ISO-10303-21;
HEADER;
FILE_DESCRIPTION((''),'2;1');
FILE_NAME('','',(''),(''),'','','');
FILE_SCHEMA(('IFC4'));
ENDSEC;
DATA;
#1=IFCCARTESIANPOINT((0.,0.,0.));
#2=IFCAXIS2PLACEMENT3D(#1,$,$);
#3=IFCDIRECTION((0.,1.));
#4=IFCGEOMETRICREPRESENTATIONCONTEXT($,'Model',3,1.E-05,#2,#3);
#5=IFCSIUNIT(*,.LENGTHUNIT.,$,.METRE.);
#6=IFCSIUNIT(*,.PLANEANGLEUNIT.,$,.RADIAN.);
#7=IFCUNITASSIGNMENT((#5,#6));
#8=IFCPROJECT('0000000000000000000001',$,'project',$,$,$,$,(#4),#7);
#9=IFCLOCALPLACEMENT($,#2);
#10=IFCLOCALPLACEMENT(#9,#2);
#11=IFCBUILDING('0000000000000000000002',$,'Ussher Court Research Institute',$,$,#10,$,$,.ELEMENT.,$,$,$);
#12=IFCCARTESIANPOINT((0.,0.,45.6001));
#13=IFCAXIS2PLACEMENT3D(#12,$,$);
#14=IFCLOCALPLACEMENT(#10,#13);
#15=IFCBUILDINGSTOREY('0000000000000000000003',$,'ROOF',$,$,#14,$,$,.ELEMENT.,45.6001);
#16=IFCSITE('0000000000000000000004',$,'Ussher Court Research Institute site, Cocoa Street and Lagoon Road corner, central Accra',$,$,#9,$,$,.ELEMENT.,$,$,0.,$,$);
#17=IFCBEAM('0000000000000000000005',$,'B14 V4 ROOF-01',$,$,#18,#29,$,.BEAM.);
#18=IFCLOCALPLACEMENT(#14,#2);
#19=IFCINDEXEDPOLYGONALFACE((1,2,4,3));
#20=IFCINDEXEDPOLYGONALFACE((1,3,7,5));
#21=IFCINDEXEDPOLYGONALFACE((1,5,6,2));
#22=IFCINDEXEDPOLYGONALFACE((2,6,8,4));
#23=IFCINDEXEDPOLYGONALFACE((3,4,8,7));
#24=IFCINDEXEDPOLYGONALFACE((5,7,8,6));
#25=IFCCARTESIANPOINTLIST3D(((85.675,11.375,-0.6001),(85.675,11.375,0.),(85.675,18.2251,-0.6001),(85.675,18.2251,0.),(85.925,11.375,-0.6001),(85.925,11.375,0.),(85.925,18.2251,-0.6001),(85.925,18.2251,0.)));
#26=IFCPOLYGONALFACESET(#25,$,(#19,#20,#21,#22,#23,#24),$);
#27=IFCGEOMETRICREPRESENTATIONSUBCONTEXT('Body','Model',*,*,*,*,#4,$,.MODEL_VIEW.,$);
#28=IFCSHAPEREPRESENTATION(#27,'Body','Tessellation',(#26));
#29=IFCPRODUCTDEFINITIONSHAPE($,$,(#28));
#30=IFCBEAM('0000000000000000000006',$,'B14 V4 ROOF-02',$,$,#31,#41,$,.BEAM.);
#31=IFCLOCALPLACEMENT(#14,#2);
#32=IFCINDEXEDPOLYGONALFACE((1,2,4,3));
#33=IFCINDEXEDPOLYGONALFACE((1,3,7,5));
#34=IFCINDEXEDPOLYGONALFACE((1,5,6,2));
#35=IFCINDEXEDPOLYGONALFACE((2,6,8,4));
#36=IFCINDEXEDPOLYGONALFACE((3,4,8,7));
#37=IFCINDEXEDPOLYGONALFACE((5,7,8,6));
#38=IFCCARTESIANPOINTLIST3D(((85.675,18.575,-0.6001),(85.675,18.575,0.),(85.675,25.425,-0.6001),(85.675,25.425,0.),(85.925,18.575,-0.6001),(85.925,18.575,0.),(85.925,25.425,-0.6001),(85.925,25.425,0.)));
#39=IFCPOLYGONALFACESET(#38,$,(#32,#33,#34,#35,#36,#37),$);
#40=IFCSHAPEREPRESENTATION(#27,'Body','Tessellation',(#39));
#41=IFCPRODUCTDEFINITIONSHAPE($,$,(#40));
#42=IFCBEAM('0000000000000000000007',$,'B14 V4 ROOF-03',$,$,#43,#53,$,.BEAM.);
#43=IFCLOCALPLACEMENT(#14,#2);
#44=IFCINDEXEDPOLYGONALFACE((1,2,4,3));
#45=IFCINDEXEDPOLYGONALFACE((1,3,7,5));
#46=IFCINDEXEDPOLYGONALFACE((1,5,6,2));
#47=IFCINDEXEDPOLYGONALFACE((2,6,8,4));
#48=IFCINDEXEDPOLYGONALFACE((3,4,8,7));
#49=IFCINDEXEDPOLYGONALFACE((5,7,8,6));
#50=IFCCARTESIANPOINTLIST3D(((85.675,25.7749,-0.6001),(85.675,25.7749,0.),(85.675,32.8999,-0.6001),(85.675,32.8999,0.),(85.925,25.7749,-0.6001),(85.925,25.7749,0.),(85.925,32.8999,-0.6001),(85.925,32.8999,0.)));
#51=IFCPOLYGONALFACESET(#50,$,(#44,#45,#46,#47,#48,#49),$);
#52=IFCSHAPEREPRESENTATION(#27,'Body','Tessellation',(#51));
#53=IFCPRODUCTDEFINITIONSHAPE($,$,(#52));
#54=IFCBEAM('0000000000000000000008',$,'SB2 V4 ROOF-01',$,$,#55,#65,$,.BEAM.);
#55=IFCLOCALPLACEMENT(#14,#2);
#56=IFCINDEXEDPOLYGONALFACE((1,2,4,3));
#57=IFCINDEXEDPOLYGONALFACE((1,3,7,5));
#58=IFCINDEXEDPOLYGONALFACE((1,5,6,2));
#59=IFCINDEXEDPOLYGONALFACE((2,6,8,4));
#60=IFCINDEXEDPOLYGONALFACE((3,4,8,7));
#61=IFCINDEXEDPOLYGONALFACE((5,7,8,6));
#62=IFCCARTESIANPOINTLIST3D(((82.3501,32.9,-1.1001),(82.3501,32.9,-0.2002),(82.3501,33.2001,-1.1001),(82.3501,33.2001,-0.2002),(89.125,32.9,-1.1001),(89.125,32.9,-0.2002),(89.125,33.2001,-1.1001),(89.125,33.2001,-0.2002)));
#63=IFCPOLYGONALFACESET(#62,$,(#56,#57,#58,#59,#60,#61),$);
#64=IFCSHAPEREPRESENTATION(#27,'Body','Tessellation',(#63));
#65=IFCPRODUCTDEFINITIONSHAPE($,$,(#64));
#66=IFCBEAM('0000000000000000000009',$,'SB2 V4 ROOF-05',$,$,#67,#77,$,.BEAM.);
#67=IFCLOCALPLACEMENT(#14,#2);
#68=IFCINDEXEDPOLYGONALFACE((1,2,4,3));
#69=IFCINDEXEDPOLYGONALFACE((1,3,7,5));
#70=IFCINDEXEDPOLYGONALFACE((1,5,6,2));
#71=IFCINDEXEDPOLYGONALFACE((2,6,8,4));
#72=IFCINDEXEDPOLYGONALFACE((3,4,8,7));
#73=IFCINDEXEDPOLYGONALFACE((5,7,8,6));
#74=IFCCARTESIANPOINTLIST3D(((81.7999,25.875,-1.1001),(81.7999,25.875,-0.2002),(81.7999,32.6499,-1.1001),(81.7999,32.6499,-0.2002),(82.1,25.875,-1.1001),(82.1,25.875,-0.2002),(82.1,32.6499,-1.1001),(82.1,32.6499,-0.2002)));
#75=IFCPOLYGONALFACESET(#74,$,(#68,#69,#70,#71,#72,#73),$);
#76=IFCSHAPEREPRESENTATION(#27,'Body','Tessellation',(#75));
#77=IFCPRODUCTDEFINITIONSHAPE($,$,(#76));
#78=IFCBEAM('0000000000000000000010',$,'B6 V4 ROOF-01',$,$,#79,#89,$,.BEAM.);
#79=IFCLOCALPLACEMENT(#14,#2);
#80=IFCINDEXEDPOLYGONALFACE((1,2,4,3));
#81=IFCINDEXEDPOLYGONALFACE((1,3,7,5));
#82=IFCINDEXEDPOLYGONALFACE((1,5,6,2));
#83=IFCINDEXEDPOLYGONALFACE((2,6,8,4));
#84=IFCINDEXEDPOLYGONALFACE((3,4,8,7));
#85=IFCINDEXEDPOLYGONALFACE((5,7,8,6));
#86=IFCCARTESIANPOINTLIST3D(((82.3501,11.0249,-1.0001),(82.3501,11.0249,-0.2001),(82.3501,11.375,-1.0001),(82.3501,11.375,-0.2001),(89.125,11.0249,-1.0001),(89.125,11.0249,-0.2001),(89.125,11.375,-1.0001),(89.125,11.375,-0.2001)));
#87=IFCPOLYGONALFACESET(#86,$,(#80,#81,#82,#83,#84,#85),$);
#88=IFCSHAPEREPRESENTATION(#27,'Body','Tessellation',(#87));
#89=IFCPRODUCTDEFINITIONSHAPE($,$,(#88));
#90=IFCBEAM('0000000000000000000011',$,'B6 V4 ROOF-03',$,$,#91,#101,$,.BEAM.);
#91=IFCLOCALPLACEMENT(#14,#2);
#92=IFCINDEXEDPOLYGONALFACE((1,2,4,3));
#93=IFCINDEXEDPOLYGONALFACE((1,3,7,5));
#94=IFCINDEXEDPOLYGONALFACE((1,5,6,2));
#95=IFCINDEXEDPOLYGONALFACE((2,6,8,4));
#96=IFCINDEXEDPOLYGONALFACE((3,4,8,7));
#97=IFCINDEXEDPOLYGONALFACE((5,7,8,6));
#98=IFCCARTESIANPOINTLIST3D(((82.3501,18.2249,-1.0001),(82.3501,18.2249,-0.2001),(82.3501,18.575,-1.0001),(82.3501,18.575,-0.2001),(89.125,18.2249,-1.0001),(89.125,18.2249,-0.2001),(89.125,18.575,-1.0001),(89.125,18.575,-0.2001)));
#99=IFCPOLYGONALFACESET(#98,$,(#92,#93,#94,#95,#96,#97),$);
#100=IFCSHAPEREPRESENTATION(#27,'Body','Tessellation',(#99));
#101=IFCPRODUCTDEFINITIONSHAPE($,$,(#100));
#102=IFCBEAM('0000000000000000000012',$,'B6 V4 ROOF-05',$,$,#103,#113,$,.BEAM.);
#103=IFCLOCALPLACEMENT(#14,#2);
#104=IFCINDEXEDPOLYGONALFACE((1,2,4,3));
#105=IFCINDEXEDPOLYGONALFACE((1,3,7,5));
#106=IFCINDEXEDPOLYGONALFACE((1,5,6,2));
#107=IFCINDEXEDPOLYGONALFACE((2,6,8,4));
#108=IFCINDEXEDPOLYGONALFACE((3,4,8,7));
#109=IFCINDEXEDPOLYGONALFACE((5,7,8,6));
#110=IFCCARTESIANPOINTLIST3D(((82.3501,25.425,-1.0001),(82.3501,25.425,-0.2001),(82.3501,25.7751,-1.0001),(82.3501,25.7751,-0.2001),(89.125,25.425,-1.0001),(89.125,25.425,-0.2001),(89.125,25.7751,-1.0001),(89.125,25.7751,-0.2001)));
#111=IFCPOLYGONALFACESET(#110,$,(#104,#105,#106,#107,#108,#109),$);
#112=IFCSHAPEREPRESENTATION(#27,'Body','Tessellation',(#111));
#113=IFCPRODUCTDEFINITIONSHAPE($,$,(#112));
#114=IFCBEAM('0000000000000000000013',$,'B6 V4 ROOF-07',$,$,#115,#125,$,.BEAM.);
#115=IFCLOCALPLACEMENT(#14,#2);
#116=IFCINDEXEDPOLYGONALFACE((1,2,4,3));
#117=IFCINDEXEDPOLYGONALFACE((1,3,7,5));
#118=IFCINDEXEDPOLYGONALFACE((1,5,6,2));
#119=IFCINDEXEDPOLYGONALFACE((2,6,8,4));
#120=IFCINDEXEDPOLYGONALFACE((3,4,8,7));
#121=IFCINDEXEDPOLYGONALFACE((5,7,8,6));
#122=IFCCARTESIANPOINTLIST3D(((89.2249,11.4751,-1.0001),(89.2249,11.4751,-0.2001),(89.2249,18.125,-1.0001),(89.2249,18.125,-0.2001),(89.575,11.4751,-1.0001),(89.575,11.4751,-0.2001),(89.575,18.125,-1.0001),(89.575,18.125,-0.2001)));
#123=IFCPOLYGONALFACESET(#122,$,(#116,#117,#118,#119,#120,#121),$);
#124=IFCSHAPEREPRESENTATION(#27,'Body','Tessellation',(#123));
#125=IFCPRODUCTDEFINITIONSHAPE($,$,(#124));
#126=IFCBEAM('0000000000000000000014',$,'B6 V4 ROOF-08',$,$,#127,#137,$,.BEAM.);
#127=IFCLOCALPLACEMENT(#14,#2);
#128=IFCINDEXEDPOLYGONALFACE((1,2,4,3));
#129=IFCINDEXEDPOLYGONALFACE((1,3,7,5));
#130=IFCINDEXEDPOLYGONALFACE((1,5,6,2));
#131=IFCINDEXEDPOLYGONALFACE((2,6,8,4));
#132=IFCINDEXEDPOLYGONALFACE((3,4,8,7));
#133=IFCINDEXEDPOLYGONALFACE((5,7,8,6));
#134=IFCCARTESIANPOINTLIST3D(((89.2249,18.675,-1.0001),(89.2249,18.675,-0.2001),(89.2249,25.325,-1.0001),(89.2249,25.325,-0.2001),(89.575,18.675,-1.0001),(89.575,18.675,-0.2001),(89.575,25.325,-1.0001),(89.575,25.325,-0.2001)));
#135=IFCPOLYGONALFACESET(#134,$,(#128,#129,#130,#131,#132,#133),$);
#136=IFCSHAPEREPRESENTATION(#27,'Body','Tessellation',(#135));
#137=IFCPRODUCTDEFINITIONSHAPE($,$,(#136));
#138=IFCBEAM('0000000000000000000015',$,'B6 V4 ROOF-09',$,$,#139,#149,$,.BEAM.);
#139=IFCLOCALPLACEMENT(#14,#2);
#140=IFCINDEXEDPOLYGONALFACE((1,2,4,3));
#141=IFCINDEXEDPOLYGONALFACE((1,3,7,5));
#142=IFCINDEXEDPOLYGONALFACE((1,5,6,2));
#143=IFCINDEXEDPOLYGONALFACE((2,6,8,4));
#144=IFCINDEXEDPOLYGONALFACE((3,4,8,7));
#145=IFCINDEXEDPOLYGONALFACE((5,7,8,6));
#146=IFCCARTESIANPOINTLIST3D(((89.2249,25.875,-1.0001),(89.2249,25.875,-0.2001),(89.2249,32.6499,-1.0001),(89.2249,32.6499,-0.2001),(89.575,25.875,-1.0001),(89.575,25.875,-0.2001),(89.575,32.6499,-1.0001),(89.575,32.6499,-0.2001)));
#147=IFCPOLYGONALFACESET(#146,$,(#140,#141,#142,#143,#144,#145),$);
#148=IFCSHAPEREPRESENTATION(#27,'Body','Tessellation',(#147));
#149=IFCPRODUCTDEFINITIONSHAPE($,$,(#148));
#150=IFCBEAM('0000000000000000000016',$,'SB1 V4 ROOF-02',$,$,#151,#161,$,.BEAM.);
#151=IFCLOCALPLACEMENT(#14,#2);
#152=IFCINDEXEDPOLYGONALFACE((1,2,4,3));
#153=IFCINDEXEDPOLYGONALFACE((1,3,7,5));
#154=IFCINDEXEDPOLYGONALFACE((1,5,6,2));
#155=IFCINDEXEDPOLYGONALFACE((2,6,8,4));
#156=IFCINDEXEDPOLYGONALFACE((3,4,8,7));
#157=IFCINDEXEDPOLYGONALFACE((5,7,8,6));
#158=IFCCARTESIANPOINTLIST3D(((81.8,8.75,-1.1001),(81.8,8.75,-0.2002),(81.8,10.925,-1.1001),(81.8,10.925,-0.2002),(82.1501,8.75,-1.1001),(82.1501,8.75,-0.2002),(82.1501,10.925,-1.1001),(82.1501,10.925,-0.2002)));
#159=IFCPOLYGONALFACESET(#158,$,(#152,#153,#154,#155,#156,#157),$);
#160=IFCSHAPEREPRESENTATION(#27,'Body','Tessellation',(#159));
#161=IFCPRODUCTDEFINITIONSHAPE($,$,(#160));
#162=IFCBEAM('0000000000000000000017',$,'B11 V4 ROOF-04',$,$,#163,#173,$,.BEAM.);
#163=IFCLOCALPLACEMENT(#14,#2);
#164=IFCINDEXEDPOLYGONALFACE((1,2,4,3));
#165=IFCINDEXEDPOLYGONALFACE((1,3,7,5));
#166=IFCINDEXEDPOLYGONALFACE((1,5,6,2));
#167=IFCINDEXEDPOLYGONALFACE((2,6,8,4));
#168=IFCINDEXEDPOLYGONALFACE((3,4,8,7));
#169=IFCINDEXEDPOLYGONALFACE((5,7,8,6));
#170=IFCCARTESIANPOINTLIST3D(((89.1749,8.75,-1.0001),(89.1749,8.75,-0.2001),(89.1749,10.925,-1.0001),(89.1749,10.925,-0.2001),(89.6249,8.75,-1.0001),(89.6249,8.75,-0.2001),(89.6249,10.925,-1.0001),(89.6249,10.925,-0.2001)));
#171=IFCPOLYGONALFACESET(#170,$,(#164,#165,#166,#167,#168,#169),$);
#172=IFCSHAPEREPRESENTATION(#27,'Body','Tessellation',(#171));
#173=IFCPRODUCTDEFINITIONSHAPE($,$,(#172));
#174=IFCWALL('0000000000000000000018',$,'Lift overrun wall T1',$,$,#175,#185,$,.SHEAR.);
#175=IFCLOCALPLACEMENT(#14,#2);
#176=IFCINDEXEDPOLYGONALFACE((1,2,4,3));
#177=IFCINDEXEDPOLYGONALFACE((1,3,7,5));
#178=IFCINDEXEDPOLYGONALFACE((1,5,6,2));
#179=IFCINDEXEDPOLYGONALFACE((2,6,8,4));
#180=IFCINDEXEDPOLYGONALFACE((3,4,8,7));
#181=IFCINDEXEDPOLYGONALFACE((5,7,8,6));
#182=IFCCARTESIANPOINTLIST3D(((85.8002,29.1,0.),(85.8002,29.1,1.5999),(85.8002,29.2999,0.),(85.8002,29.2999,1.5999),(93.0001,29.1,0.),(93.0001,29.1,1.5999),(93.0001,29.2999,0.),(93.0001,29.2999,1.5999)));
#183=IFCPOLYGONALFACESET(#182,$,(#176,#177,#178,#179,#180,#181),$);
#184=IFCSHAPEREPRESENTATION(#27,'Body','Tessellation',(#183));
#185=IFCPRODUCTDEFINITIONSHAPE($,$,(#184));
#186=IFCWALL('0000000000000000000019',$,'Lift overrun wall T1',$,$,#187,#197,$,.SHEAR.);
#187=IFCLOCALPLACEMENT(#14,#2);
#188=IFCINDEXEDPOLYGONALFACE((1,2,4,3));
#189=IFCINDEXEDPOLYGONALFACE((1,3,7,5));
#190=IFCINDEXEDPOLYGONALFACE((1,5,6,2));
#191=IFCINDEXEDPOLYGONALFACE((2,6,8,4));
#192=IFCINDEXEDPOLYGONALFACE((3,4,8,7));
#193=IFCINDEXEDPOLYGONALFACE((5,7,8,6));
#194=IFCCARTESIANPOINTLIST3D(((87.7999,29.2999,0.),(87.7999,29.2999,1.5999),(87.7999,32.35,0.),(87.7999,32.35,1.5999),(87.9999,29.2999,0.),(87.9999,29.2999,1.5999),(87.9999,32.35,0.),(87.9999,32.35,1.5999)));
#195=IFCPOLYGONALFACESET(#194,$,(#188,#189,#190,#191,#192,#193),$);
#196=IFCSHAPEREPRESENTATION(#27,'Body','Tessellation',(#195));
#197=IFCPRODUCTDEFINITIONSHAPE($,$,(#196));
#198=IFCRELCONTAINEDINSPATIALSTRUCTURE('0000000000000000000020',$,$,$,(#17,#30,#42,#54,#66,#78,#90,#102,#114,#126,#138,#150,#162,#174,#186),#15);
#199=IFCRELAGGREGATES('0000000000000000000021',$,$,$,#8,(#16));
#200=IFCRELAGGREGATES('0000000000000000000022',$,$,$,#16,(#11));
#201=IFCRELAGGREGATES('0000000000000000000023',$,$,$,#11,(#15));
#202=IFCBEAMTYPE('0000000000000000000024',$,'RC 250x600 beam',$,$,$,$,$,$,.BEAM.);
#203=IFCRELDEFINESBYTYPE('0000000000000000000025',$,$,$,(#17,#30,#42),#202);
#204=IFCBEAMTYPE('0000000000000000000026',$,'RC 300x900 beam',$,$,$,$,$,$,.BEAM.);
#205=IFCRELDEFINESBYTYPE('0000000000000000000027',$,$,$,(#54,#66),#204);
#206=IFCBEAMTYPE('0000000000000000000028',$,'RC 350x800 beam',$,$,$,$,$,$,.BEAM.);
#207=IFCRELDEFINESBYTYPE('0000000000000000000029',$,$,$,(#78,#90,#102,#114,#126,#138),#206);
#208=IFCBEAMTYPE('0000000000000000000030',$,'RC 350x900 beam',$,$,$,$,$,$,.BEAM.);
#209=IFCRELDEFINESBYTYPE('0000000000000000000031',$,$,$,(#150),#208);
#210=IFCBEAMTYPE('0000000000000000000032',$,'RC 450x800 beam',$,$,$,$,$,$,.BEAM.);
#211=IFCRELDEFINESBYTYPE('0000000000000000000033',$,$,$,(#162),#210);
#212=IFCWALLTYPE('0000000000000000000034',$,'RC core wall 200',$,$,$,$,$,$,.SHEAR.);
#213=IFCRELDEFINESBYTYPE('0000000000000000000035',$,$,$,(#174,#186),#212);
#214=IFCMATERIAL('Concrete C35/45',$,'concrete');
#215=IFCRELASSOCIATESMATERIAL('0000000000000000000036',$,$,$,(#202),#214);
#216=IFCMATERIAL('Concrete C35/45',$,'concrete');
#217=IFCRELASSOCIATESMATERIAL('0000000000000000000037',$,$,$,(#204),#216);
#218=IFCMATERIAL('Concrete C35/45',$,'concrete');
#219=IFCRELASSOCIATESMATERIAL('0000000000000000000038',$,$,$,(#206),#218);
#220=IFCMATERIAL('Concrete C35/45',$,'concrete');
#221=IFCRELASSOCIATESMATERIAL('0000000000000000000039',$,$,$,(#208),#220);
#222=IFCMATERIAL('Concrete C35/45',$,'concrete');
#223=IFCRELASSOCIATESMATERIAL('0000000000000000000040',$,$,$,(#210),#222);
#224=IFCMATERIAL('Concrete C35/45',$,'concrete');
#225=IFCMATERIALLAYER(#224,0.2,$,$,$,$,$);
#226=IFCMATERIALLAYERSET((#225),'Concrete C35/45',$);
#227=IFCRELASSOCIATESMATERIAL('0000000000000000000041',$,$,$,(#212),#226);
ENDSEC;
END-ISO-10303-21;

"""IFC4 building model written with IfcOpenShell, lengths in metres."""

from ifc_helpers import new_model, si_unit, direction, frame, frame_2d, origin, origin_2d, place, context, subcontext, project, spatial, rectangle, extrude, material, layer, layer_set, material_profile, profile_set, type_object, element, save


model = new_model("IFC4")

# Units and contexts
model_context = context("Model", 3, precision=1e-05, world=origin(), true_north=direction((0.0, 1.0)))
body_context = subcontext(model_context, "Body", "Model", "MODEL_VIEW")
ifc_project = project(units=[si_unit("LENGTHUNIT", "METRE"), si_unit("PLANEANGLEUNIT", "RADIAN")], contexts=[model_context])

# Site, building, storey
site_placement = place(None, origin())
site = spatial("IfcSite", under=ifc_project, at=site_placement, Name="Ussher Court Research Institute site, Cocoa Street and Lagoon Road corner, central Accra", CompositionType="ELEMENT", RefElevation=0.0)
building_placement = place(site_placement, origin())
building = spatial("IfcBuilding", under=site, at=building_placement, Name="Ussher Court Research Institute", CompositionType="ELEMENT")
storey_placement = place(building_placement, frame((0.0, 0.0, 45.6001)))
storey = spatial("IfcBuildingStorey", under=building, at=storey_placement, Name="ROOF", CompositionType="ELEMENT", Elevation=45.6001)

# Beams
ifc_material_1 = material(Name="Concrete C35/45", Category="concrete")
ifc_material_profile_1 = material_profile(ifc_material_1, rectangle(XDim=0.25, YDim=0.6001, at=origin_2d()), Name="RC 250x600")
ifc_profile_set_1 = profile_set([ifc_material_profile_1], Name="Concrete C35/45")
beam_type_1 = type_object("IfcBeamType", Name="RC 250x600 beam", PredefinedType="BEAM", material=ifc_profile_set_1)
for number, where, z_axis, x_axis, name in (
    (1, (85.8, 11.375, -0.3), (0.0, 1.0, 0.0), (-1.0, 0.0, 0.0), "B14 V4 ROOF-01"),
    (2, (85.8, 18.575, -0.3), (0.0, 1.0, 0.0), (-1.0, 0.0, 0.0), "B14 V4 ROOF-02"),
):
    element("IfcBeam", number, at=place(storey_placement, frame(where, z_axis=z_axis, x_axis=x_axis)), inside=storey, type_object=beam_type_1, Name=name, PredefinedType="BEAM", context=body_context, shape_type="SweptSolid", body=[
        extrude(rectangle(XDim=0.25, YDim=0.6001, at=origin_2d()), origin(), (0.0, 0.0, 1.0), 6.8501),
    ])
beam_1_placement = place(storey_placement, frame((85.8, 25.7749, -0.3), z_axis=(0.0, 1.0, 0.0), x_axis=(-1.0, 0.0, 0.0)))
element("IfcBeam", 3, at=beam_1_placement, inside=storey, type_object=beam_type_1, Name="B14 V4 ROOF-03", PredefinedType="BEAM", context=body_context, shape_type="SweptSolid", body=[
    extrude(rectangle(XDim=0.25, YDim=0.6001, at=origin_2d()), origin(), (0.0, 0.0, 1.0), 7.125),
])
ifc_material_2 = material(Name="Concrete C35/45", Category="concrete")
ifc_material_profile_2 = material_profile(ifc_material_2, rectangle(XDim=0.3, YDim=0.8999, at=origin_2d()), Name="RC 300x900")
ifc_profile_set_2 = profile_set([ifc_material_profile_2], Name="Concrete C35/45")
beam_type_2 = type_object("IfcBeamType", Name="RC 300x900 beam", PredefinedType="BEAM", material=ifc_profile_set_2)
for number, where, z_axis, x_axis, name in (
    (4, (82.3501, 33.05, -0.6501), (1.0, 0.0, 0.0), (0.0, 1.0, 0.0), "SB2 V4 ROOF-01"),
    (5, (81.95, 25.875, -0.6501), (0.0, 1.0, 0.0), (-1.0, 0.0, 0.0), "SB2 V4 ROOF-05"),
):
    element("IfcBeam", number, at=place(storey_placement, frame(where, z_axis=z_axis, x_axis=x_axis)), inside=storey, type_object=beam_type_2, Name=name, PredefinedType="BEAM", context=body_context, shape_type="SweptSolid", body=[
        extrude(rectangle(XDim=0.3, YDim=0.8999, at=origin_2d()), origin(), (0.0, 0.0, 1.0), 6.7749),
    ])
ifc_material_3 = material(Name="Concrete C35/45", Category="concrete")
ifc_material_profile_3 = material_profile(ifc_material_3, rectangle(XDim=0.3501, YDim=0.8, at=origin_2d()), Name="RC 350x800")
ifc_profile_set_3 = profile_set([ifc_material_profile_3], Name="Concrete C35/45")
beam_type_3 = type_object("IfcBeamType", Name="RC 350x800 beam", PredefinedType="BEAM", material=ifc_profile_set_3)
for number, where, z_axis, x_axis, name in (
    (6, (82.3501, 11.2, -0.6001), (1.0, 0.0, 0.0), (0.0, 1.0, 0.0), "B6 V4 ROOF-01"),
    (7, (82.3501, 18.3999, -0.6001), (1.0, 0.0, 0.0), (0.0, 1.0, 0.0), "B6 V4 ROOF-03"),
    (8, (82.3501, 25.6001, -0.6001), (1.0, 0.0, 0.0), (0.0, 1.0, 0.0), "B6 V4 ROOF-05"),
):
    element("IfcBeam", number, at=place(storey_placement, frame(where, z_axis=z_axis, x_axis=x_axis)), inside=storey, type_object=beam_type_3, Name=name, PredefinedType="BEAM", context=body_context, shape_type="SweptSolid", body=[
        extrude(rectangle(XDim=0.3501, YDim=0.8, at=origin_2d()), origin(), (0.0, 0.0, 1.0), 6.7749),
    ])
for number, where, z_axis, x_axis, name in (
    (9, (89.3999, 11.4751, -0.6001), (0.0, 1.0, 0.0), (-1.0, 0.0, 0.0), "B6 V4 ROOF-07"),
    (10, (89.3999, 18.675, -0.6001), (0.0, 1.0, 0.0), (-1.0, 0.0, 0.0), "B6 V4 ROOF-08"),
):
    element("IfcBeam", number, at=place(storey_placement, frame(where, z_axis=z_axis, x_axis=x_axis)), inside=storey, type_object=beam_type_3, Name=name, PredefinedType="BEAM", context=body_context, shape_type="SweptSolid", body=[
        extrude(rectangle(XDim=0.3501, YDim=0.8, at=origin_2d()), origin(), (0.0, 0.0, 1.0), 6.6499),
    ])
beam_2_placement = place(storey_placement, frame((89.3999, 25.875, -0.6001), z_axis=(0.0, 1.0, 0.0), x_axis=(-1.0, 0.0, 0.0)))
element("IfcBeam", 11, at=beam_2_placement, inside=storey, type_object=beam_type_3, Name="B6 V4 ROOF-09", PredefinedType="BEAM", context=body_context, shape_type="SweptSolid", body=[
    extrude(rectangle(XDim=0.3501, YDim=0.8, at=origin_2d()), origin(), (0.0, 0.0, 1.0), 6.7749),
])
ifc_material_4 = material(Name="Concrete C35/45", Category="concrete")
ifc_material_profile_4 = material_profile(ifc_material_4, rectangle(XDim=0.3501, YDim=0.8999, at=origin_2d()), Name="RC 350x900")
ifc_profile_set_4 = profile_set([ifc_material_profile_4], Name="Concrete C35/45")
beam_type_4 = type_object("IfcBeamType", Name="RC 350x900 beam", PredefinedType="BEAM", material=ifc_profile_set_4)
beam_3_placement = place(storey_placement, frame((81.9751, 8.75, -0.6501), z_axis=(0.0, 1.0, 0.0), x_axis=(-1.0, 0.0, 0.0)))
element("IfcBeam", 12, at=beam_3_placement, inside=storey, type_object=beam_type_4, Name="SB1 V4 ROOF-02", PredefinedType="BEAM", context=body_context, shape_type="SweptSolid", body=[
    extrude(rectangle(XDim=0.3501, YDim=0.8999, at=origin_2d()), origin(), (0.0, 0.0, 1.0), 2.175),
])
ifc_material_5 = material(Name="Concrete C35/45", Category="concrete")
ifc_material_profile_5 = material_profile(ifc_material_5, rectangle(XDim=0.45, YDim=0.8, at=origin_2d()), Name="RC 450x800")
ifc_profile_set_5 = profile_set([ifc_material_profile_5], Name="Concrete C35/45")
beam_type_5 = type_object("IfcBeamType", Name="RC 450x800 beam", PredefinedType="BEAM", material=ifc_profile_set_5)
beam_4_placement = place(storey_placement, frame((89.3999, 8.75, -0.6001), z_axis=(0.0, 1.0, 0.0), x_axis=(-1.0, 0.0, 0.0)))
element("IfcBeam", 13, at=beam_4_placement, inside=storey, type_object=beam_type_5, Name="B11 V4 ROOF-04", PredefinedType="BEAM", context=body_context, shape_type="SweptSolid", body=[
    extrude(rectangle(XDim=0.45, YDim=0.8, at=origin_2d()), origin(), (0.0, 0.0, 1.0), 2.175),
])

# Walls
ifc_material_6 = material(Name="Concrete C35/45", Category="concrete")
ifc_layer_1 = layer(ifc_material_6, 0.2)
ifc_layer_set_1 = layer_set([ifc_layer_1], Name="Concrete C35/45")
wall_type_1 = type_object("IfcWallType", Name="RC core wall 200", PredefinedType="SHEAR", material=ifc_layer_set_1)
wall_1_placement = place(storey_placement, frame((85.8, 29.2, 0.0), z_axis=(0.0, 0.0, 1.0), x_axis=(1.0, 0.0, 0.0)))
element("IfcWall", 14, at=wall_1_placement, inside=storey, type_object=wall_type_1, Name="Lift overrun wall T1", PredefinedType="SHEAR", context=body_context, shape_type="SweptSolid", body=[
    extrude(rectangle(XDim=7.2, YDim=0.2, at=frame_2d((3.6001, 0.0))), origin(), (0.0, 0.0, 1.0), 1.5999),
])
wall_2_placement = place(storey_placement, frame((87.8999, 29.3, 0.0), z_axis=(0.0, 0.0, 1.0), x_axis=(0.0, 1.0, 0.0)))
element("IfcWall", 15, at=wall_2_placement, inside=storey, type_object=wall_type_1, Name="Lift overrun wall T1", PredefinedType="SHEAR", context=body_context, shape_type="SweptSolid", body=[
    extrude(rectangle(XDim=3.05, YDim=0.2, at=frame_2d((1.5249, 0.0))), origin(), (0.0, 0.0, 1.0), 1.5999),
])

save(model, "model.ifc")
